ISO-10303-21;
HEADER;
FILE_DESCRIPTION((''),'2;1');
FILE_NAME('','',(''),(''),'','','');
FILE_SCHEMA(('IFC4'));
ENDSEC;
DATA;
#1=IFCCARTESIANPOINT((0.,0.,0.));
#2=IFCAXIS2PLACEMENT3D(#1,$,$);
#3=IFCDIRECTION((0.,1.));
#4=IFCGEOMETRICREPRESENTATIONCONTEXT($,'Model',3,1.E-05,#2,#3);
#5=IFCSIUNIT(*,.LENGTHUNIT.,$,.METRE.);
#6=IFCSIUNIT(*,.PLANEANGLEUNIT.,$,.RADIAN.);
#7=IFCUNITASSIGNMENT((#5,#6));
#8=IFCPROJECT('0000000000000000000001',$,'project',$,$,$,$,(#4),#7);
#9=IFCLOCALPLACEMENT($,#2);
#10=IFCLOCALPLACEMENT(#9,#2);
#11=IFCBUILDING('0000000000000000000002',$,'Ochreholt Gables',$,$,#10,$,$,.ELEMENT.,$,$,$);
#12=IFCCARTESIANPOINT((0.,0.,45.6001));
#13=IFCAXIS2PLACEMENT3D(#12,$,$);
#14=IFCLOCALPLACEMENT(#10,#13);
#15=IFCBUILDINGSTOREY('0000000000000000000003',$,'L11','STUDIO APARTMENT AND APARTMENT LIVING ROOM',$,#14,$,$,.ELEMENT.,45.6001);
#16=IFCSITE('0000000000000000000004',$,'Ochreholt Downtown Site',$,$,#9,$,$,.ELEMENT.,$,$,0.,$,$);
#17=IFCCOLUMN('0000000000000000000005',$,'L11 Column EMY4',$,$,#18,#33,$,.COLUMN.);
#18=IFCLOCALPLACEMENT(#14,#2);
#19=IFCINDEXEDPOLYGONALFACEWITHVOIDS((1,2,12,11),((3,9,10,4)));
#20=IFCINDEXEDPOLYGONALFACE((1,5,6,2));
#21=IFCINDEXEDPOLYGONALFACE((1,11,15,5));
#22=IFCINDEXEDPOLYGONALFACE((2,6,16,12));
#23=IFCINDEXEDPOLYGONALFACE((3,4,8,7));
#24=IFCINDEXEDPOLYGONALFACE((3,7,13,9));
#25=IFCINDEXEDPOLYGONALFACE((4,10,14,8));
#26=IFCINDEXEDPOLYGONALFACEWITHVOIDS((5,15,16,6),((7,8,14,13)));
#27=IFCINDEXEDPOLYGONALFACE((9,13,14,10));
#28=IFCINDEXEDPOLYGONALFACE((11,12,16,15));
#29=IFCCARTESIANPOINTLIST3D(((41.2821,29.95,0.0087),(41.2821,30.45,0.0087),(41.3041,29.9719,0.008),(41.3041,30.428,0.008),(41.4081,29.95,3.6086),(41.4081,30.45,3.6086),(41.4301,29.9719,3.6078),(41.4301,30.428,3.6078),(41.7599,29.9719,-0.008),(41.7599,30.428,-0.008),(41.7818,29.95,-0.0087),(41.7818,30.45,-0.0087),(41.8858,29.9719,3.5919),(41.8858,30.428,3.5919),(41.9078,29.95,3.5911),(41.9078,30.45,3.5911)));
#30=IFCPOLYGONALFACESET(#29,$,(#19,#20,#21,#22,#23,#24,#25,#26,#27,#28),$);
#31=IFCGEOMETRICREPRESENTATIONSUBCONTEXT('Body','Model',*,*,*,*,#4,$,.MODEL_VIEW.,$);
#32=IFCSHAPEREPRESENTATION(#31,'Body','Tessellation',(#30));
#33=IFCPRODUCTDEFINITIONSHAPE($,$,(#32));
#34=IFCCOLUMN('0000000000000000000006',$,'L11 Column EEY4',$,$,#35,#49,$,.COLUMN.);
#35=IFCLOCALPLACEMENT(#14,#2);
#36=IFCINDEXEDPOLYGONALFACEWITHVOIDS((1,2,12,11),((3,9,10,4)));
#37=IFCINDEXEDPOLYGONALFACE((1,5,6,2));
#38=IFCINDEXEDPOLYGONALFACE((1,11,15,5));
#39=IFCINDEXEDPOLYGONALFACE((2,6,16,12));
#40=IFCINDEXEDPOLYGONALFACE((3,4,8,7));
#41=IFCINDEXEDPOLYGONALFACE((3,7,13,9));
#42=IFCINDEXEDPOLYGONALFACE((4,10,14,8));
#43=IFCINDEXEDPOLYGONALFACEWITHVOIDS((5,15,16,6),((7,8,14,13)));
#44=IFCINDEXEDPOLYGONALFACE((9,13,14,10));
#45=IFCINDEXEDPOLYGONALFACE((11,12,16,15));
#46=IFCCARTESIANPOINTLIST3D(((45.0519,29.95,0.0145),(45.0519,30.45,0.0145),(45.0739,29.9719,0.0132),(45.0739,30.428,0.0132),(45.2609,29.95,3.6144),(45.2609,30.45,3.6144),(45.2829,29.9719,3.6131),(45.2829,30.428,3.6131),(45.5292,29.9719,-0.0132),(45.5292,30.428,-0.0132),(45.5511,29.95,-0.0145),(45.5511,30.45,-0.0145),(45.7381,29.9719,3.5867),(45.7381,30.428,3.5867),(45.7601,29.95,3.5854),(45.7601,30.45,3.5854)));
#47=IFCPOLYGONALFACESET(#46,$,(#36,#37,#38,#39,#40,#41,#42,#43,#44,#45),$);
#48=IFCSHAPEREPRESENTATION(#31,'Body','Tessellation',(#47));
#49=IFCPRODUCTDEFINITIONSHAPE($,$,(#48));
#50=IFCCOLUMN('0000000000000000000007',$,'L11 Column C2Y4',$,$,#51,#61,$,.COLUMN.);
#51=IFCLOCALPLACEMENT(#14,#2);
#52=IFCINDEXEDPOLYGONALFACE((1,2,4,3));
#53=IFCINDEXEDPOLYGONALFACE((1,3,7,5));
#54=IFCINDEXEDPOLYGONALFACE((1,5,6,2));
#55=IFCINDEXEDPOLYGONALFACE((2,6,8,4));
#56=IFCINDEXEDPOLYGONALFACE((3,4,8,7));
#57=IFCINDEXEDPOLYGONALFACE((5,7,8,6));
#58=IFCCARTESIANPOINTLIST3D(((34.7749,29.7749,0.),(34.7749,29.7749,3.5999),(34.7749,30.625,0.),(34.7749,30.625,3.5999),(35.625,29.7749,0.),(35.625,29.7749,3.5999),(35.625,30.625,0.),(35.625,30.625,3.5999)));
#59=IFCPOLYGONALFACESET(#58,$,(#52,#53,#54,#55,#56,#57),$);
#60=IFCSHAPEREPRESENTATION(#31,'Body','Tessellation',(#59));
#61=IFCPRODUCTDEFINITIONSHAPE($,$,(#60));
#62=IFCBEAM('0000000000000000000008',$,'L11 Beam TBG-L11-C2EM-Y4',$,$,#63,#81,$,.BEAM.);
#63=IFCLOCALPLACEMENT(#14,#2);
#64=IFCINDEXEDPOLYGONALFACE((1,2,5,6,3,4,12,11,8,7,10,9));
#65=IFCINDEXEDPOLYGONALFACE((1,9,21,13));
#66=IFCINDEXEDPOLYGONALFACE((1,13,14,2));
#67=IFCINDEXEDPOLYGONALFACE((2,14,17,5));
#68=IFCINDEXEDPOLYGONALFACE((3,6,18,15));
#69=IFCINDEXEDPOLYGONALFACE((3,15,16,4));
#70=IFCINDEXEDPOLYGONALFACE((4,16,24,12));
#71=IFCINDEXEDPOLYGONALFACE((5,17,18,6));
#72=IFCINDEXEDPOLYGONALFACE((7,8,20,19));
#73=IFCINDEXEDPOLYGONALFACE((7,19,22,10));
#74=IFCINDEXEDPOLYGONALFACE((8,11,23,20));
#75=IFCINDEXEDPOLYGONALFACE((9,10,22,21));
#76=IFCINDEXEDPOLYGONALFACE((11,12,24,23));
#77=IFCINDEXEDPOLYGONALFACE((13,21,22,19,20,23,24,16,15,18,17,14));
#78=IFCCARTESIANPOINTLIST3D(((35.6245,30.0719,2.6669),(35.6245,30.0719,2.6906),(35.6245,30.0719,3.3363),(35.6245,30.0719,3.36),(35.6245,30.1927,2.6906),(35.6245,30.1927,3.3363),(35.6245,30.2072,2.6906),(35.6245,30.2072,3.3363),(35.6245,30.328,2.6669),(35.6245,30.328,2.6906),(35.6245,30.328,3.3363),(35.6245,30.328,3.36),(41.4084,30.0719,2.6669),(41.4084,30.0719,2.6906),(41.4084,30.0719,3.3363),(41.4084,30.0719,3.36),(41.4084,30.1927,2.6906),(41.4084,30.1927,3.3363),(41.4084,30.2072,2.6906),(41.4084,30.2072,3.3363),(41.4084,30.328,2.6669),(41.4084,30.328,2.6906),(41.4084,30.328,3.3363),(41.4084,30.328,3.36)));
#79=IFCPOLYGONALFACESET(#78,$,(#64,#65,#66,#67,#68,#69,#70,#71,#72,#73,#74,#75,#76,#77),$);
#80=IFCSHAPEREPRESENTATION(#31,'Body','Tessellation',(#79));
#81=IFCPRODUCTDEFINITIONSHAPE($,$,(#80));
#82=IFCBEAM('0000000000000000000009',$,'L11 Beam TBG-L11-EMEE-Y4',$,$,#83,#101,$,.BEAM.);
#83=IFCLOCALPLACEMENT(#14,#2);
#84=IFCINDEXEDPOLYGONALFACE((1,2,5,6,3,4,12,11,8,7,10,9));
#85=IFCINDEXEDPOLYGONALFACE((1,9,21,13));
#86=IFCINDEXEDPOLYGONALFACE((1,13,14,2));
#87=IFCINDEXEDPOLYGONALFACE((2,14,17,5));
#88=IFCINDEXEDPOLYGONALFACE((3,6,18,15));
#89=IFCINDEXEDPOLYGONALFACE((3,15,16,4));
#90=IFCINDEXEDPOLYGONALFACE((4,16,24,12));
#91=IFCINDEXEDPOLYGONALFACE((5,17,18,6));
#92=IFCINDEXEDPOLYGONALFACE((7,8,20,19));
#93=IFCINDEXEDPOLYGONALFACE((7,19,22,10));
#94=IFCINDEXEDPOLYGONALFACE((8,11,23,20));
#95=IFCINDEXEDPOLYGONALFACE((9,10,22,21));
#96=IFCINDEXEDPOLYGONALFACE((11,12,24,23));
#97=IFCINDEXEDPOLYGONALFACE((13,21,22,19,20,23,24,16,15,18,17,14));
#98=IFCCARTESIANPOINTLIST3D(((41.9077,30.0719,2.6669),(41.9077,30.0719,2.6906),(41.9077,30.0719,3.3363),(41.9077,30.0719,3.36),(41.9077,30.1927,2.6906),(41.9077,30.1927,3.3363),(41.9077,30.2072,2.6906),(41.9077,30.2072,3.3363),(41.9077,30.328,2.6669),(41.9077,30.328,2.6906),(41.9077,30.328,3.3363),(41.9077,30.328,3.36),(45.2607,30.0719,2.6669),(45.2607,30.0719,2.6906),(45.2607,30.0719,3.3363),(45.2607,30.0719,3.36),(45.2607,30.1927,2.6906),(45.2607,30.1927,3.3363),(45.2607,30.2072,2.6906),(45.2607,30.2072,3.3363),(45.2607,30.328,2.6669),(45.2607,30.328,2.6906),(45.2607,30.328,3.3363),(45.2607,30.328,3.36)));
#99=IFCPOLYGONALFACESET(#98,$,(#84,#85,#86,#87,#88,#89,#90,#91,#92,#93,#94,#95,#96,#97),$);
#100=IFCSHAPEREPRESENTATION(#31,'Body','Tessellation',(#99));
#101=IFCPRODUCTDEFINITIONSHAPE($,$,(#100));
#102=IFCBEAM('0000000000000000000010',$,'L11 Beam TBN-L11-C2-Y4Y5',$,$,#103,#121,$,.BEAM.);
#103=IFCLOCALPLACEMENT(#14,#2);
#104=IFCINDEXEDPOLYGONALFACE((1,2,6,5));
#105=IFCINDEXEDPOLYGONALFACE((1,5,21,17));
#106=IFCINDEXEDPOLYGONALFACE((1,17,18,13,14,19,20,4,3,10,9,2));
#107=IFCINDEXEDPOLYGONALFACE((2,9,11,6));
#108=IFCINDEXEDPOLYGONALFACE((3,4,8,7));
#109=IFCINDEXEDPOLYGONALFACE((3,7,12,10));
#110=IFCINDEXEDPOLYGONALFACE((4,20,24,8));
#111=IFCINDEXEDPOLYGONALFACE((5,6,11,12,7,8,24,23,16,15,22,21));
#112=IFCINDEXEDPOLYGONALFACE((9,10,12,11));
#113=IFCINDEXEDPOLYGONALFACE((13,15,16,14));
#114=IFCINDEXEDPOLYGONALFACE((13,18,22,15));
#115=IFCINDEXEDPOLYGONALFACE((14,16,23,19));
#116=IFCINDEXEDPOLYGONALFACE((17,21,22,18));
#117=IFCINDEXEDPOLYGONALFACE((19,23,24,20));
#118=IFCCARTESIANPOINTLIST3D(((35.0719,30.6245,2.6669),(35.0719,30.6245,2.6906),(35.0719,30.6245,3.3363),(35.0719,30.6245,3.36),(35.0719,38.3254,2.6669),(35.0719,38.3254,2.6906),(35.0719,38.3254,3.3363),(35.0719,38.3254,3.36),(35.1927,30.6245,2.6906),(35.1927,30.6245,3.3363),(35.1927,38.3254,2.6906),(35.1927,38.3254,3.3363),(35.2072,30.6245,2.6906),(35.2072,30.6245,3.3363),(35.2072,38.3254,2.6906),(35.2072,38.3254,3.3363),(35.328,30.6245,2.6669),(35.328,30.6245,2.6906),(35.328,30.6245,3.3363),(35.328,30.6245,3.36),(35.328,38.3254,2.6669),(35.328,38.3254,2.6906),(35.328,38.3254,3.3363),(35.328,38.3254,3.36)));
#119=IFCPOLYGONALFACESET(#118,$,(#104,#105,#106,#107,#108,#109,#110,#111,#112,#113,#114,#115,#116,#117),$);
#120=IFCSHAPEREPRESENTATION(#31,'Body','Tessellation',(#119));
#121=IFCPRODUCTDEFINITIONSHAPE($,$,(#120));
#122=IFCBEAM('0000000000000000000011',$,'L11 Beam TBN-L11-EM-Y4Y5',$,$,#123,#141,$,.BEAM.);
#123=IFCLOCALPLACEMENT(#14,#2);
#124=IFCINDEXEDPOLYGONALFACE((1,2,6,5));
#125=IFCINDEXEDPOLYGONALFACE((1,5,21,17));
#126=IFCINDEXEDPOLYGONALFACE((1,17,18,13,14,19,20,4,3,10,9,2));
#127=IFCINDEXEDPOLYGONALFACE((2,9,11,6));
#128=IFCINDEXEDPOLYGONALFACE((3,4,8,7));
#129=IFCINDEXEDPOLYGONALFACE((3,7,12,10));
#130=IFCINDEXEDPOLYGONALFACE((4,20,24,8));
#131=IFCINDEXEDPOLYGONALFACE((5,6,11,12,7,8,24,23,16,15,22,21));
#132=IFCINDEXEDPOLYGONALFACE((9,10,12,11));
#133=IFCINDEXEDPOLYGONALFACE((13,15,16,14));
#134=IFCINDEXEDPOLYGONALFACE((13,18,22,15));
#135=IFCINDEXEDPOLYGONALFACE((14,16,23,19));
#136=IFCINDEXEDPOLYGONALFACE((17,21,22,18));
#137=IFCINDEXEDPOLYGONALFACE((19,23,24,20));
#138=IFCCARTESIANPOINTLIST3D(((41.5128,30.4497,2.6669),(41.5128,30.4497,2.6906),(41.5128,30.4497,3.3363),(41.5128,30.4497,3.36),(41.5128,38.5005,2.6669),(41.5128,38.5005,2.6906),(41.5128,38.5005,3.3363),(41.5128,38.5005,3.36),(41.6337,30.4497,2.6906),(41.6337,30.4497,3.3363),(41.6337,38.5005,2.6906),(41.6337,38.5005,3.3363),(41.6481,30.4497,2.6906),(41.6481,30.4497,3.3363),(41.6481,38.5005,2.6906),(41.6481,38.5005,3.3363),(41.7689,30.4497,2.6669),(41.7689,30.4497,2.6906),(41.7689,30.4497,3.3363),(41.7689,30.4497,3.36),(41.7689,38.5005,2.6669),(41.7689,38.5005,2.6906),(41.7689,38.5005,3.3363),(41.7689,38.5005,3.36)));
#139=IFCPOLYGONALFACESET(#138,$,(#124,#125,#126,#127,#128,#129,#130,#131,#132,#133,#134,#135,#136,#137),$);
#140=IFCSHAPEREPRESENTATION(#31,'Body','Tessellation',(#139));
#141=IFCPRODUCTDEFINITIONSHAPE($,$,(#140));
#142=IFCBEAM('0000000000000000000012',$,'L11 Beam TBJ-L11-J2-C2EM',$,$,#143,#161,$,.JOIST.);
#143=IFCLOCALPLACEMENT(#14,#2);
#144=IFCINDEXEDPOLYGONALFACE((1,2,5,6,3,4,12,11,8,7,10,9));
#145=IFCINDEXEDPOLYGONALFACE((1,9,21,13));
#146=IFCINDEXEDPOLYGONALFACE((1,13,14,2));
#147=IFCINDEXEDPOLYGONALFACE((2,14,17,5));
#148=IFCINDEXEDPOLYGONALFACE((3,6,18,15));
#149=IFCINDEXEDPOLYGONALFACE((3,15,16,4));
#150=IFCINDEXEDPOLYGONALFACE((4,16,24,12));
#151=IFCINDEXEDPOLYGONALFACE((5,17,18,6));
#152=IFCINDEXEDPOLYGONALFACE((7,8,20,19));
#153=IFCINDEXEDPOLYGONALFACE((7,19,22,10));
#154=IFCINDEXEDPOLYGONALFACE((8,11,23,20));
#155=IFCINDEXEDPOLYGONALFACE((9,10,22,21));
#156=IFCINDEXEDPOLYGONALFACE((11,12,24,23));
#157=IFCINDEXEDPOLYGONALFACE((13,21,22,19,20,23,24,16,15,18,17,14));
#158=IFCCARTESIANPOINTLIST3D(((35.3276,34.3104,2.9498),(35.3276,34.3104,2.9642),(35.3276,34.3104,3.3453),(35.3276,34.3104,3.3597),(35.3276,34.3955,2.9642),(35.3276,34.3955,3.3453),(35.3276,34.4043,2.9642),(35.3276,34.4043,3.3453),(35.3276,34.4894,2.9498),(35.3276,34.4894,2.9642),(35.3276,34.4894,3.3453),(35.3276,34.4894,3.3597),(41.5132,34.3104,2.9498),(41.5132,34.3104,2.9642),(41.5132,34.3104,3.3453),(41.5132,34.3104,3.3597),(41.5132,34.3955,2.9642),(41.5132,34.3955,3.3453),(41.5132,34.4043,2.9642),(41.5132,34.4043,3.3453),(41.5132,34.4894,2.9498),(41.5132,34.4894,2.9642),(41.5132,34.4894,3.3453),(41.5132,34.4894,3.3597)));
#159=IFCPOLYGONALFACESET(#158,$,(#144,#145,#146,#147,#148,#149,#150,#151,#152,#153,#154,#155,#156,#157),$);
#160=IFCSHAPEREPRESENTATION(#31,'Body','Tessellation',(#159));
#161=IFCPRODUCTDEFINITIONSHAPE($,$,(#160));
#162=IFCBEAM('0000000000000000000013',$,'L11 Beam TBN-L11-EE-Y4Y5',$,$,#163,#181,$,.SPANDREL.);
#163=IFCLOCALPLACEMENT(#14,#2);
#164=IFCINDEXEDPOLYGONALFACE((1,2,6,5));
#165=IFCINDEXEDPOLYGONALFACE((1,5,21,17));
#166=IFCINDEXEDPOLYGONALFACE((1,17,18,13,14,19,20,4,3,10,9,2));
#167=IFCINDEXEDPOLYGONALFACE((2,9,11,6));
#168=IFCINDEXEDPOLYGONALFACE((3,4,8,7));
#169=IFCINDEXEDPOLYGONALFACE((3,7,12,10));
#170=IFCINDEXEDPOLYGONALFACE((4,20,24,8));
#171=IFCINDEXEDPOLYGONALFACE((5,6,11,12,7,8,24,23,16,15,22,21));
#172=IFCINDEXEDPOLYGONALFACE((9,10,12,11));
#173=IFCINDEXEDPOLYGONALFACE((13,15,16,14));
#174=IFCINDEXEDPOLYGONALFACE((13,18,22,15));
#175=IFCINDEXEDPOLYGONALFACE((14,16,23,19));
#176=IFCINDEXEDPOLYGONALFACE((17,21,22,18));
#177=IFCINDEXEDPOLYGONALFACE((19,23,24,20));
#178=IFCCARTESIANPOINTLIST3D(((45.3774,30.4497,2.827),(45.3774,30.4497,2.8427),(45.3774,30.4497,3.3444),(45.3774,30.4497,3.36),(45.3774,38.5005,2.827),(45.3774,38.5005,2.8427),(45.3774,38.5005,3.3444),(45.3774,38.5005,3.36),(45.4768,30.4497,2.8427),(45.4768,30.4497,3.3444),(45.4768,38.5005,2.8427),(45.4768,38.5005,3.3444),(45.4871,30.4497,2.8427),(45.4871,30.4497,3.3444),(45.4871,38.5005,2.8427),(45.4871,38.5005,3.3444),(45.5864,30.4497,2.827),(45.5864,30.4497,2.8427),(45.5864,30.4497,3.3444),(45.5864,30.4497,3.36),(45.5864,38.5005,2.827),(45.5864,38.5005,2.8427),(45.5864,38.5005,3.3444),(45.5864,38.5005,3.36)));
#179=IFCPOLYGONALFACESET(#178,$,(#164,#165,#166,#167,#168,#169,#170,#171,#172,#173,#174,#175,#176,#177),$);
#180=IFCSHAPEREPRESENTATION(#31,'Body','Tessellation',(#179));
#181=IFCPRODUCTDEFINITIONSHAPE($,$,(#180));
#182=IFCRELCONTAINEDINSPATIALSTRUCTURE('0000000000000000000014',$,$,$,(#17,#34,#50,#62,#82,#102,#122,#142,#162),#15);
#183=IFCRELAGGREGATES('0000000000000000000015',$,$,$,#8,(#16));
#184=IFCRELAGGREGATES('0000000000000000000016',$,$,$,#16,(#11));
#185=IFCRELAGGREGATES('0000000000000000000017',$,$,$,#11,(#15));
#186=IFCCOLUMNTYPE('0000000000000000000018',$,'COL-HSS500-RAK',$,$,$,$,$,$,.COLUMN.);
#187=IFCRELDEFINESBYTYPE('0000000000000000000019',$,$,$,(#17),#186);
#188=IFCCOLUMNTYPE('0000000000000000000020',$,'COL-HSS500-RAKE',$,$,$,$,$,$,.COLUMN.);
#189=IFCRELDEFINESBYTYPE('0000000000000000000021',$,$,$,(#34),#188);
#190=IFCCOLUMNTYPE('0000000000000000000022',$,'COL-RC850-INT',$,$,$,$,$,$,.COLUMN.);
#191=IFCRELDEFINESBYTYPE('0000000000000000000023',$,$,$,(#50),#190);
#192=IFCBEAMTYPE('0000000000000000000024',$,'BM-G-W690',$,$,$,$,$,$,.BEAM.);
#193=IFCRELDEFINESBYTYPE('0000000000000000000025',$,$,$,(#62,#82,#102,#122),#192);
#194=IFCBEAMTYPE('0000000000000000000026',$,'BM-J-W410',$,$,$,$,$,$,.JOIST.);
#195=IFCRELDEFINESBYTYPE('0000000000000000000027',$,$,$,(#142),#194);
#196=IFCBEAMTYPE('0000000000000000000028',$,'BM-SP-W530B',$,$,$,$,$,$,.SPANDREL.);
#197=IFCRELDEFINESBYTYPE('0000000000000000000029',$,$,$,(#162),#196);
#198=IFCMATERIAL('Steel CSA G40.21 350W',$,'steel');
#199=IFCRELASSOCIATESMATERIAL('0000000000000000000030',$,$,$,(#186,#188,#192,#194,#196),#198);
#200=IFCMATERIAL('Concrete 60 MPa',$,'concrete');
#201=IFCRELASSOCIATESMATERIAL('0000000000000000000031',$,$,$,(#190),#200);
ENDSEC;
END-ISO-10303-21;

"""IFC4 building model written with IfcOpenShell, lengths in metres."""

from ifc_helpers import new_model, si_unit, direction, frame, origin, origin_2d, place, context, subcontext, project, spatial, rectangle, hollow_rectangle, i_section, extrude, material, material_profile, profile_set, type_object, element, save


model = new_model("IFC4")

# Units and contexts
model_context = context("Model", 3, precision=1e-05, world=origin(), true_north=direction((0.0, 1.0)))
body_context = subcontext(model_context, "Body", "Model", "MODEL_VIEW")
ifc_project = project(units=[si_unit("LENGTHUNIT", "METRE"), si_unit("PLANEANGLEUNIT", "RADIAN")], contexts=[model_context])

# Site, building, storey
site_placement = place(None, origin())
site = spatial("IfcSite", under=ifc_project, at=site_placement, Name="Ochreholt Downtown Site", CompositionType="ELEMENT", RefElevation=0.0)
building_placement = place(site_placement, origin())
building = spatial("IfcBuilding", under=site, at=building_placement, Name="Ochreholt Gables", CompositionType="ELEMENT")
storey_placement = place(building_placement, frame((0.0, 0.0, 45.6001)))
storey = spatial("IfcBuildingStorey", under=building, at=storey_placement, Name="L11", Description="STUDIO APARTMENT AND APARTMENT LIVING ROOM", CompositionType="ELEMENT", Elevation=45.6001)

# Columns
ifc_material_1 = material(Name="Steel CSA G40.21 350W", Category="steel")
ifc_material_profile_1 = material_profile(ifc_material_1, hollow_rectangle(XDim=0.5, YDim=0.5, WallThickness=0.022, at=origin_2d()), Name="HSS500X500X22")
ifc_profile_set_1 = profile_set([ifc_material_profile_1], Name="Steel CSA G40.21 350W")
column_type_1 = type_object("IfcColumnType", Name="COL-HSS500-RAK", PredefinedType="COLUMN", material=ifc_profile_set_1)
column_1_placement = place(storey_placement, frame((41.532, 30.2, 0.0), z_axis=(0.034974, 0.0, 0.999388), x_axis=(0.0, 1.0, 0.0)))
element("IfcColumn", 1, at=column_1_placement, inside=storey, type_object=column_type_1, Name="L11 Column EMY4", PredefinedType="COLUMN", context=body_context, shape_type="SweptSolid", body=[
    extrude(hollow_rectangle(XDim=0.5, YDim=0.5, WallThickness=0.022, at=origin_2d()), origin(), (0.0, 0.0, 1.0), 3.6021),
])
ifc_material_profile_2 = material_profile(ifc_material_1, hollow_rectangle(XDim=0.5, YDim=0.5, WallThickness=0.022, at=origin_2d()), Name="HSS500X500X22")
ifc_profile_set_2 = profile_set([ifc_material_profile_2], Name="Steel CSA G40.21 350W")
column_type_2 = type_object("IfcColumnType", Name="COL-HSS500-RAKE", PredefinedType="COLUMN", material=ifc_profile_set_2)
column_2_placement = place(storey_placement, frame((45.3015, 30.2, 0.0), z_axis=(0.057956, 0.0, 0.998319), x_axis=(0.0, 1.0, 0.0)))
element("IfcColumn", 2, at=column_2_placement, inside=storey, type_object=column_type_2, Name="L11 Column EEY4", PredefinedType="COLUMN", context=body_context, shape_type="SweptSolid", body=[
    extrude(hollow_rectangle(XDim=0.5, YDim=0.5, WallThickness=0.022, at=origin_2d()), origin(), (0.0, 0.0, 1.0), 3.606),
])
ifc_material_2 = material(Name="Concrete 60 MPa", Category="concrete")
ifc_material_profile_3 = material_profile(ifc_material_2, rectangle(XDim=0.8501, YDim=0.8501, at=origin_2d()), Name="RC850X850")
ifc_profile_set_3 = profile_set([ifc_material_profile_3], Name="Concrete 60 MPa")
column_type_3 = type_object("IfcColumnType", Name="COL-RC850-INT", PredefinedType="COLUMN", material=ifc_profile_set_3)
column_3_placement = place(storey_placement, frame((35.2, 30.2, 0.0), z_axis=(0.0, 0.0, 1.0), x_axis=(1.0, 0.0, 0.0)))
element("IfcColumn", 3, at=column_3_placement, inside=storey, type_object=column_type_3, Name="L11 Column C2Y4", PredefinedType="COLUMN", context=body_context, shape_type="SweptSolid", body=[
    extrude(rectangle(XDim=0.8501, YDim=0.8501, at=origin_2d()), origin(), (0.0, 0.0, 1.0), 3.5999),
])

# Beams
ifc_material_profile_4 = material_profile(ifc_material_1, i_section(OverallWidth=0.2561, OverallDepth=0.6931, WebThickness=0.0144, FlangeThickness=0.0237, at=origin_2d()), Name="W690X170")
ifc_profile_set_4 = profile_set([ifc_material_profile_4], Name="Steel CSA G40.21 350W")
beam_type_1 = type_object("IfcBeamType", Name="BM-G-W690", PredefinedType="BEAM", material=ifc_profile_set_4)
beam_1_placement = place(storey_placement, frame((35.6245, 30.2, 3.0134), z_axis=(1.0, 0.0, 0.0), x_axis=(0.0, 1.0, 0.0)))
element("IfcBeam", 4, at=beam_1_placement, inside=storey, type_object=beam_type_1, Name="L11 Beam TBG-L11-C2EM-Y4", PredefinedType="BEAM", context=body_context, shape_type="SweptSolid", body=[
    extrude(i_section(OverallWidth=0.2561, OverallDepth=0.6931, WebThickness=0.0144, FlangeThickness=0.0237, at=origin_2d()), origin(), (0.0, 0.0, 1.0), 5.7839),
])
beam_2_placement = place(storey_placement, frame((41.9077, 30.2, 3.0134), z_axis=(1.0, 0.0, 0.0), x_axis=(0.0, 1.0, 0.0)))
element("IfcBeam", 5, at=beam_2_placement, inside=storey, type_object=beam_type_1, Name="L11 Beam TBG-L11-EMEE-Y4", PredefinedType="BEAM", context=body_context, shape_type="SweptSolid", body=[
    extrude(i_section(OverallWidth=0.2561, OverallDepth=0.6931, WebThickness=0.0144, FlangeThickness=0.0237, at=origin_2d()), origin(), (0.0, 0.0, 1.0), 3.353),
])
beam_3_placement = place(storey_placement, frame((35.2, 30.6245, 3.0134), z_axis=(0.0, 1.0, 0.0), x_axis=(-1.0, 0.0, 0.0)))
element("IfcBeam", 6, at=beam_3_placement, inside=storey, type_object=beam_type_1, Name="L11 Beam TBN-L11-C2-Y4Y5", PredefinedType="BEAM", context=body_context, shape_type="SweptSolid", body=[
    extrude(i_section(OverallWidth=0.2561, OverallDepth=0.6931, WebThickness=0.0144, FlangeThickness=0.0237, at=origin_2d()), origin(), (0.0, 0.0, 1.0), 7.7009),
])
beam_4_placement = place(storey_placement, frame((41.6409, 30.4497, 3.0134), z_axis=(0.0, 1.0, 0.0), x_axis=(-1.0, 0.0, 0.0)))
element("IfcBeam", 7, at=beam_4_placement, inside=storey, type_object=beam_type_1, Name="L11 Beam TBN-L11-EM-Y4Y5", PredefinedType="BEAM", context=body_context, shape_type="SweptSolid", body=[
    extrude(i_section(OverallWidth=0.2561, OverallDepth=0.6931, WebThickness=0.0144, FlangeThickness=0.0237, at=origin_2d()), origin(), (0.0, 0.0, 1.0), 8.0508),
])
ifc_material_profile_5 = material_profile(ifc_material_1, i_section(OverallWidth=0.179, OverallDepth=0.4099, WebThickness=0.0088, FlangeThickness=0.0144, at=origin_2d()), Name="W410X67")
ifc_profile_set_5 = profile_set([ifc_material_profile_5], Name="Steel CSA G40.21 350W")
beam_type_2 = type_object("IfcBeamType", Name="BM-J-W410", PredefinedType="JOIST", material=ifc_profile_set_5)
beam_5_placement = place(storey_placement, frame((35.3276, 34.3999, 3.1548), z_axis=(1.0, 0.0, 0.0), x_axis=(0.0, 1.0, 0.0)))
element("IfcBeam", 8, at=beam_5_placement, inside=storey, type_object=beam_type_2, Name="L11 Beam TBJ-L11-J2-C2EM", PredefinedType="JOIST", context=body_context, shape_type="SweptSolid", body=[
    extrude(i_section(OverallWidth=0.179, OverallDepth=0.4099, WebThickness=0.0088, FlangeThickness=0.0144, at=origin_2d()), origin(), (0.0, 0.0, 1.0), 6.1855),
])
ifc_material_profile_6 = material_profile(ifc_material_1, i_section(OverallWidth=0.209, OverallDepth=0.533, WebThickness=0.0103, FlangeThickness=0.0156, at=origin_2d()), Name="W530X92")
ifc_profile_set_6 = profile_set([ifc_material_profile_6], Name="Steel CSA G40.21 350W")
beam_type_3 = type_object("IfcBeamType", Name="BM-SP-W530B", PredefinedType="SPANDREL", material=ifc_profile_set_6)
beam_6_placement = place(storey_placement, frame((45.4819, 30.4497, 3.0935), z_axis=(0.0, 1.0, 0.0), x_axis=(-1.0, 0.0, 0.0)))
element("IfcBeam", 9, at=beam_6_placement, inside=storey, type_object=beam_type_3, Name="L11 Beam TBN-L11-EE-Y4Y5", PredefinedType="SPANDREL", context=body_context, shape_type="SweptSolid", body=[
    extrude(i_section(OverallWidth=0.209, OverallDepth=0.533, WebThickness=0.0103, FlangeThickness=0.0156, at=origin_2d()), origin(), (0.0, 0.0, 1.0), 8.0508),
])

save(model, "model.ifc")
